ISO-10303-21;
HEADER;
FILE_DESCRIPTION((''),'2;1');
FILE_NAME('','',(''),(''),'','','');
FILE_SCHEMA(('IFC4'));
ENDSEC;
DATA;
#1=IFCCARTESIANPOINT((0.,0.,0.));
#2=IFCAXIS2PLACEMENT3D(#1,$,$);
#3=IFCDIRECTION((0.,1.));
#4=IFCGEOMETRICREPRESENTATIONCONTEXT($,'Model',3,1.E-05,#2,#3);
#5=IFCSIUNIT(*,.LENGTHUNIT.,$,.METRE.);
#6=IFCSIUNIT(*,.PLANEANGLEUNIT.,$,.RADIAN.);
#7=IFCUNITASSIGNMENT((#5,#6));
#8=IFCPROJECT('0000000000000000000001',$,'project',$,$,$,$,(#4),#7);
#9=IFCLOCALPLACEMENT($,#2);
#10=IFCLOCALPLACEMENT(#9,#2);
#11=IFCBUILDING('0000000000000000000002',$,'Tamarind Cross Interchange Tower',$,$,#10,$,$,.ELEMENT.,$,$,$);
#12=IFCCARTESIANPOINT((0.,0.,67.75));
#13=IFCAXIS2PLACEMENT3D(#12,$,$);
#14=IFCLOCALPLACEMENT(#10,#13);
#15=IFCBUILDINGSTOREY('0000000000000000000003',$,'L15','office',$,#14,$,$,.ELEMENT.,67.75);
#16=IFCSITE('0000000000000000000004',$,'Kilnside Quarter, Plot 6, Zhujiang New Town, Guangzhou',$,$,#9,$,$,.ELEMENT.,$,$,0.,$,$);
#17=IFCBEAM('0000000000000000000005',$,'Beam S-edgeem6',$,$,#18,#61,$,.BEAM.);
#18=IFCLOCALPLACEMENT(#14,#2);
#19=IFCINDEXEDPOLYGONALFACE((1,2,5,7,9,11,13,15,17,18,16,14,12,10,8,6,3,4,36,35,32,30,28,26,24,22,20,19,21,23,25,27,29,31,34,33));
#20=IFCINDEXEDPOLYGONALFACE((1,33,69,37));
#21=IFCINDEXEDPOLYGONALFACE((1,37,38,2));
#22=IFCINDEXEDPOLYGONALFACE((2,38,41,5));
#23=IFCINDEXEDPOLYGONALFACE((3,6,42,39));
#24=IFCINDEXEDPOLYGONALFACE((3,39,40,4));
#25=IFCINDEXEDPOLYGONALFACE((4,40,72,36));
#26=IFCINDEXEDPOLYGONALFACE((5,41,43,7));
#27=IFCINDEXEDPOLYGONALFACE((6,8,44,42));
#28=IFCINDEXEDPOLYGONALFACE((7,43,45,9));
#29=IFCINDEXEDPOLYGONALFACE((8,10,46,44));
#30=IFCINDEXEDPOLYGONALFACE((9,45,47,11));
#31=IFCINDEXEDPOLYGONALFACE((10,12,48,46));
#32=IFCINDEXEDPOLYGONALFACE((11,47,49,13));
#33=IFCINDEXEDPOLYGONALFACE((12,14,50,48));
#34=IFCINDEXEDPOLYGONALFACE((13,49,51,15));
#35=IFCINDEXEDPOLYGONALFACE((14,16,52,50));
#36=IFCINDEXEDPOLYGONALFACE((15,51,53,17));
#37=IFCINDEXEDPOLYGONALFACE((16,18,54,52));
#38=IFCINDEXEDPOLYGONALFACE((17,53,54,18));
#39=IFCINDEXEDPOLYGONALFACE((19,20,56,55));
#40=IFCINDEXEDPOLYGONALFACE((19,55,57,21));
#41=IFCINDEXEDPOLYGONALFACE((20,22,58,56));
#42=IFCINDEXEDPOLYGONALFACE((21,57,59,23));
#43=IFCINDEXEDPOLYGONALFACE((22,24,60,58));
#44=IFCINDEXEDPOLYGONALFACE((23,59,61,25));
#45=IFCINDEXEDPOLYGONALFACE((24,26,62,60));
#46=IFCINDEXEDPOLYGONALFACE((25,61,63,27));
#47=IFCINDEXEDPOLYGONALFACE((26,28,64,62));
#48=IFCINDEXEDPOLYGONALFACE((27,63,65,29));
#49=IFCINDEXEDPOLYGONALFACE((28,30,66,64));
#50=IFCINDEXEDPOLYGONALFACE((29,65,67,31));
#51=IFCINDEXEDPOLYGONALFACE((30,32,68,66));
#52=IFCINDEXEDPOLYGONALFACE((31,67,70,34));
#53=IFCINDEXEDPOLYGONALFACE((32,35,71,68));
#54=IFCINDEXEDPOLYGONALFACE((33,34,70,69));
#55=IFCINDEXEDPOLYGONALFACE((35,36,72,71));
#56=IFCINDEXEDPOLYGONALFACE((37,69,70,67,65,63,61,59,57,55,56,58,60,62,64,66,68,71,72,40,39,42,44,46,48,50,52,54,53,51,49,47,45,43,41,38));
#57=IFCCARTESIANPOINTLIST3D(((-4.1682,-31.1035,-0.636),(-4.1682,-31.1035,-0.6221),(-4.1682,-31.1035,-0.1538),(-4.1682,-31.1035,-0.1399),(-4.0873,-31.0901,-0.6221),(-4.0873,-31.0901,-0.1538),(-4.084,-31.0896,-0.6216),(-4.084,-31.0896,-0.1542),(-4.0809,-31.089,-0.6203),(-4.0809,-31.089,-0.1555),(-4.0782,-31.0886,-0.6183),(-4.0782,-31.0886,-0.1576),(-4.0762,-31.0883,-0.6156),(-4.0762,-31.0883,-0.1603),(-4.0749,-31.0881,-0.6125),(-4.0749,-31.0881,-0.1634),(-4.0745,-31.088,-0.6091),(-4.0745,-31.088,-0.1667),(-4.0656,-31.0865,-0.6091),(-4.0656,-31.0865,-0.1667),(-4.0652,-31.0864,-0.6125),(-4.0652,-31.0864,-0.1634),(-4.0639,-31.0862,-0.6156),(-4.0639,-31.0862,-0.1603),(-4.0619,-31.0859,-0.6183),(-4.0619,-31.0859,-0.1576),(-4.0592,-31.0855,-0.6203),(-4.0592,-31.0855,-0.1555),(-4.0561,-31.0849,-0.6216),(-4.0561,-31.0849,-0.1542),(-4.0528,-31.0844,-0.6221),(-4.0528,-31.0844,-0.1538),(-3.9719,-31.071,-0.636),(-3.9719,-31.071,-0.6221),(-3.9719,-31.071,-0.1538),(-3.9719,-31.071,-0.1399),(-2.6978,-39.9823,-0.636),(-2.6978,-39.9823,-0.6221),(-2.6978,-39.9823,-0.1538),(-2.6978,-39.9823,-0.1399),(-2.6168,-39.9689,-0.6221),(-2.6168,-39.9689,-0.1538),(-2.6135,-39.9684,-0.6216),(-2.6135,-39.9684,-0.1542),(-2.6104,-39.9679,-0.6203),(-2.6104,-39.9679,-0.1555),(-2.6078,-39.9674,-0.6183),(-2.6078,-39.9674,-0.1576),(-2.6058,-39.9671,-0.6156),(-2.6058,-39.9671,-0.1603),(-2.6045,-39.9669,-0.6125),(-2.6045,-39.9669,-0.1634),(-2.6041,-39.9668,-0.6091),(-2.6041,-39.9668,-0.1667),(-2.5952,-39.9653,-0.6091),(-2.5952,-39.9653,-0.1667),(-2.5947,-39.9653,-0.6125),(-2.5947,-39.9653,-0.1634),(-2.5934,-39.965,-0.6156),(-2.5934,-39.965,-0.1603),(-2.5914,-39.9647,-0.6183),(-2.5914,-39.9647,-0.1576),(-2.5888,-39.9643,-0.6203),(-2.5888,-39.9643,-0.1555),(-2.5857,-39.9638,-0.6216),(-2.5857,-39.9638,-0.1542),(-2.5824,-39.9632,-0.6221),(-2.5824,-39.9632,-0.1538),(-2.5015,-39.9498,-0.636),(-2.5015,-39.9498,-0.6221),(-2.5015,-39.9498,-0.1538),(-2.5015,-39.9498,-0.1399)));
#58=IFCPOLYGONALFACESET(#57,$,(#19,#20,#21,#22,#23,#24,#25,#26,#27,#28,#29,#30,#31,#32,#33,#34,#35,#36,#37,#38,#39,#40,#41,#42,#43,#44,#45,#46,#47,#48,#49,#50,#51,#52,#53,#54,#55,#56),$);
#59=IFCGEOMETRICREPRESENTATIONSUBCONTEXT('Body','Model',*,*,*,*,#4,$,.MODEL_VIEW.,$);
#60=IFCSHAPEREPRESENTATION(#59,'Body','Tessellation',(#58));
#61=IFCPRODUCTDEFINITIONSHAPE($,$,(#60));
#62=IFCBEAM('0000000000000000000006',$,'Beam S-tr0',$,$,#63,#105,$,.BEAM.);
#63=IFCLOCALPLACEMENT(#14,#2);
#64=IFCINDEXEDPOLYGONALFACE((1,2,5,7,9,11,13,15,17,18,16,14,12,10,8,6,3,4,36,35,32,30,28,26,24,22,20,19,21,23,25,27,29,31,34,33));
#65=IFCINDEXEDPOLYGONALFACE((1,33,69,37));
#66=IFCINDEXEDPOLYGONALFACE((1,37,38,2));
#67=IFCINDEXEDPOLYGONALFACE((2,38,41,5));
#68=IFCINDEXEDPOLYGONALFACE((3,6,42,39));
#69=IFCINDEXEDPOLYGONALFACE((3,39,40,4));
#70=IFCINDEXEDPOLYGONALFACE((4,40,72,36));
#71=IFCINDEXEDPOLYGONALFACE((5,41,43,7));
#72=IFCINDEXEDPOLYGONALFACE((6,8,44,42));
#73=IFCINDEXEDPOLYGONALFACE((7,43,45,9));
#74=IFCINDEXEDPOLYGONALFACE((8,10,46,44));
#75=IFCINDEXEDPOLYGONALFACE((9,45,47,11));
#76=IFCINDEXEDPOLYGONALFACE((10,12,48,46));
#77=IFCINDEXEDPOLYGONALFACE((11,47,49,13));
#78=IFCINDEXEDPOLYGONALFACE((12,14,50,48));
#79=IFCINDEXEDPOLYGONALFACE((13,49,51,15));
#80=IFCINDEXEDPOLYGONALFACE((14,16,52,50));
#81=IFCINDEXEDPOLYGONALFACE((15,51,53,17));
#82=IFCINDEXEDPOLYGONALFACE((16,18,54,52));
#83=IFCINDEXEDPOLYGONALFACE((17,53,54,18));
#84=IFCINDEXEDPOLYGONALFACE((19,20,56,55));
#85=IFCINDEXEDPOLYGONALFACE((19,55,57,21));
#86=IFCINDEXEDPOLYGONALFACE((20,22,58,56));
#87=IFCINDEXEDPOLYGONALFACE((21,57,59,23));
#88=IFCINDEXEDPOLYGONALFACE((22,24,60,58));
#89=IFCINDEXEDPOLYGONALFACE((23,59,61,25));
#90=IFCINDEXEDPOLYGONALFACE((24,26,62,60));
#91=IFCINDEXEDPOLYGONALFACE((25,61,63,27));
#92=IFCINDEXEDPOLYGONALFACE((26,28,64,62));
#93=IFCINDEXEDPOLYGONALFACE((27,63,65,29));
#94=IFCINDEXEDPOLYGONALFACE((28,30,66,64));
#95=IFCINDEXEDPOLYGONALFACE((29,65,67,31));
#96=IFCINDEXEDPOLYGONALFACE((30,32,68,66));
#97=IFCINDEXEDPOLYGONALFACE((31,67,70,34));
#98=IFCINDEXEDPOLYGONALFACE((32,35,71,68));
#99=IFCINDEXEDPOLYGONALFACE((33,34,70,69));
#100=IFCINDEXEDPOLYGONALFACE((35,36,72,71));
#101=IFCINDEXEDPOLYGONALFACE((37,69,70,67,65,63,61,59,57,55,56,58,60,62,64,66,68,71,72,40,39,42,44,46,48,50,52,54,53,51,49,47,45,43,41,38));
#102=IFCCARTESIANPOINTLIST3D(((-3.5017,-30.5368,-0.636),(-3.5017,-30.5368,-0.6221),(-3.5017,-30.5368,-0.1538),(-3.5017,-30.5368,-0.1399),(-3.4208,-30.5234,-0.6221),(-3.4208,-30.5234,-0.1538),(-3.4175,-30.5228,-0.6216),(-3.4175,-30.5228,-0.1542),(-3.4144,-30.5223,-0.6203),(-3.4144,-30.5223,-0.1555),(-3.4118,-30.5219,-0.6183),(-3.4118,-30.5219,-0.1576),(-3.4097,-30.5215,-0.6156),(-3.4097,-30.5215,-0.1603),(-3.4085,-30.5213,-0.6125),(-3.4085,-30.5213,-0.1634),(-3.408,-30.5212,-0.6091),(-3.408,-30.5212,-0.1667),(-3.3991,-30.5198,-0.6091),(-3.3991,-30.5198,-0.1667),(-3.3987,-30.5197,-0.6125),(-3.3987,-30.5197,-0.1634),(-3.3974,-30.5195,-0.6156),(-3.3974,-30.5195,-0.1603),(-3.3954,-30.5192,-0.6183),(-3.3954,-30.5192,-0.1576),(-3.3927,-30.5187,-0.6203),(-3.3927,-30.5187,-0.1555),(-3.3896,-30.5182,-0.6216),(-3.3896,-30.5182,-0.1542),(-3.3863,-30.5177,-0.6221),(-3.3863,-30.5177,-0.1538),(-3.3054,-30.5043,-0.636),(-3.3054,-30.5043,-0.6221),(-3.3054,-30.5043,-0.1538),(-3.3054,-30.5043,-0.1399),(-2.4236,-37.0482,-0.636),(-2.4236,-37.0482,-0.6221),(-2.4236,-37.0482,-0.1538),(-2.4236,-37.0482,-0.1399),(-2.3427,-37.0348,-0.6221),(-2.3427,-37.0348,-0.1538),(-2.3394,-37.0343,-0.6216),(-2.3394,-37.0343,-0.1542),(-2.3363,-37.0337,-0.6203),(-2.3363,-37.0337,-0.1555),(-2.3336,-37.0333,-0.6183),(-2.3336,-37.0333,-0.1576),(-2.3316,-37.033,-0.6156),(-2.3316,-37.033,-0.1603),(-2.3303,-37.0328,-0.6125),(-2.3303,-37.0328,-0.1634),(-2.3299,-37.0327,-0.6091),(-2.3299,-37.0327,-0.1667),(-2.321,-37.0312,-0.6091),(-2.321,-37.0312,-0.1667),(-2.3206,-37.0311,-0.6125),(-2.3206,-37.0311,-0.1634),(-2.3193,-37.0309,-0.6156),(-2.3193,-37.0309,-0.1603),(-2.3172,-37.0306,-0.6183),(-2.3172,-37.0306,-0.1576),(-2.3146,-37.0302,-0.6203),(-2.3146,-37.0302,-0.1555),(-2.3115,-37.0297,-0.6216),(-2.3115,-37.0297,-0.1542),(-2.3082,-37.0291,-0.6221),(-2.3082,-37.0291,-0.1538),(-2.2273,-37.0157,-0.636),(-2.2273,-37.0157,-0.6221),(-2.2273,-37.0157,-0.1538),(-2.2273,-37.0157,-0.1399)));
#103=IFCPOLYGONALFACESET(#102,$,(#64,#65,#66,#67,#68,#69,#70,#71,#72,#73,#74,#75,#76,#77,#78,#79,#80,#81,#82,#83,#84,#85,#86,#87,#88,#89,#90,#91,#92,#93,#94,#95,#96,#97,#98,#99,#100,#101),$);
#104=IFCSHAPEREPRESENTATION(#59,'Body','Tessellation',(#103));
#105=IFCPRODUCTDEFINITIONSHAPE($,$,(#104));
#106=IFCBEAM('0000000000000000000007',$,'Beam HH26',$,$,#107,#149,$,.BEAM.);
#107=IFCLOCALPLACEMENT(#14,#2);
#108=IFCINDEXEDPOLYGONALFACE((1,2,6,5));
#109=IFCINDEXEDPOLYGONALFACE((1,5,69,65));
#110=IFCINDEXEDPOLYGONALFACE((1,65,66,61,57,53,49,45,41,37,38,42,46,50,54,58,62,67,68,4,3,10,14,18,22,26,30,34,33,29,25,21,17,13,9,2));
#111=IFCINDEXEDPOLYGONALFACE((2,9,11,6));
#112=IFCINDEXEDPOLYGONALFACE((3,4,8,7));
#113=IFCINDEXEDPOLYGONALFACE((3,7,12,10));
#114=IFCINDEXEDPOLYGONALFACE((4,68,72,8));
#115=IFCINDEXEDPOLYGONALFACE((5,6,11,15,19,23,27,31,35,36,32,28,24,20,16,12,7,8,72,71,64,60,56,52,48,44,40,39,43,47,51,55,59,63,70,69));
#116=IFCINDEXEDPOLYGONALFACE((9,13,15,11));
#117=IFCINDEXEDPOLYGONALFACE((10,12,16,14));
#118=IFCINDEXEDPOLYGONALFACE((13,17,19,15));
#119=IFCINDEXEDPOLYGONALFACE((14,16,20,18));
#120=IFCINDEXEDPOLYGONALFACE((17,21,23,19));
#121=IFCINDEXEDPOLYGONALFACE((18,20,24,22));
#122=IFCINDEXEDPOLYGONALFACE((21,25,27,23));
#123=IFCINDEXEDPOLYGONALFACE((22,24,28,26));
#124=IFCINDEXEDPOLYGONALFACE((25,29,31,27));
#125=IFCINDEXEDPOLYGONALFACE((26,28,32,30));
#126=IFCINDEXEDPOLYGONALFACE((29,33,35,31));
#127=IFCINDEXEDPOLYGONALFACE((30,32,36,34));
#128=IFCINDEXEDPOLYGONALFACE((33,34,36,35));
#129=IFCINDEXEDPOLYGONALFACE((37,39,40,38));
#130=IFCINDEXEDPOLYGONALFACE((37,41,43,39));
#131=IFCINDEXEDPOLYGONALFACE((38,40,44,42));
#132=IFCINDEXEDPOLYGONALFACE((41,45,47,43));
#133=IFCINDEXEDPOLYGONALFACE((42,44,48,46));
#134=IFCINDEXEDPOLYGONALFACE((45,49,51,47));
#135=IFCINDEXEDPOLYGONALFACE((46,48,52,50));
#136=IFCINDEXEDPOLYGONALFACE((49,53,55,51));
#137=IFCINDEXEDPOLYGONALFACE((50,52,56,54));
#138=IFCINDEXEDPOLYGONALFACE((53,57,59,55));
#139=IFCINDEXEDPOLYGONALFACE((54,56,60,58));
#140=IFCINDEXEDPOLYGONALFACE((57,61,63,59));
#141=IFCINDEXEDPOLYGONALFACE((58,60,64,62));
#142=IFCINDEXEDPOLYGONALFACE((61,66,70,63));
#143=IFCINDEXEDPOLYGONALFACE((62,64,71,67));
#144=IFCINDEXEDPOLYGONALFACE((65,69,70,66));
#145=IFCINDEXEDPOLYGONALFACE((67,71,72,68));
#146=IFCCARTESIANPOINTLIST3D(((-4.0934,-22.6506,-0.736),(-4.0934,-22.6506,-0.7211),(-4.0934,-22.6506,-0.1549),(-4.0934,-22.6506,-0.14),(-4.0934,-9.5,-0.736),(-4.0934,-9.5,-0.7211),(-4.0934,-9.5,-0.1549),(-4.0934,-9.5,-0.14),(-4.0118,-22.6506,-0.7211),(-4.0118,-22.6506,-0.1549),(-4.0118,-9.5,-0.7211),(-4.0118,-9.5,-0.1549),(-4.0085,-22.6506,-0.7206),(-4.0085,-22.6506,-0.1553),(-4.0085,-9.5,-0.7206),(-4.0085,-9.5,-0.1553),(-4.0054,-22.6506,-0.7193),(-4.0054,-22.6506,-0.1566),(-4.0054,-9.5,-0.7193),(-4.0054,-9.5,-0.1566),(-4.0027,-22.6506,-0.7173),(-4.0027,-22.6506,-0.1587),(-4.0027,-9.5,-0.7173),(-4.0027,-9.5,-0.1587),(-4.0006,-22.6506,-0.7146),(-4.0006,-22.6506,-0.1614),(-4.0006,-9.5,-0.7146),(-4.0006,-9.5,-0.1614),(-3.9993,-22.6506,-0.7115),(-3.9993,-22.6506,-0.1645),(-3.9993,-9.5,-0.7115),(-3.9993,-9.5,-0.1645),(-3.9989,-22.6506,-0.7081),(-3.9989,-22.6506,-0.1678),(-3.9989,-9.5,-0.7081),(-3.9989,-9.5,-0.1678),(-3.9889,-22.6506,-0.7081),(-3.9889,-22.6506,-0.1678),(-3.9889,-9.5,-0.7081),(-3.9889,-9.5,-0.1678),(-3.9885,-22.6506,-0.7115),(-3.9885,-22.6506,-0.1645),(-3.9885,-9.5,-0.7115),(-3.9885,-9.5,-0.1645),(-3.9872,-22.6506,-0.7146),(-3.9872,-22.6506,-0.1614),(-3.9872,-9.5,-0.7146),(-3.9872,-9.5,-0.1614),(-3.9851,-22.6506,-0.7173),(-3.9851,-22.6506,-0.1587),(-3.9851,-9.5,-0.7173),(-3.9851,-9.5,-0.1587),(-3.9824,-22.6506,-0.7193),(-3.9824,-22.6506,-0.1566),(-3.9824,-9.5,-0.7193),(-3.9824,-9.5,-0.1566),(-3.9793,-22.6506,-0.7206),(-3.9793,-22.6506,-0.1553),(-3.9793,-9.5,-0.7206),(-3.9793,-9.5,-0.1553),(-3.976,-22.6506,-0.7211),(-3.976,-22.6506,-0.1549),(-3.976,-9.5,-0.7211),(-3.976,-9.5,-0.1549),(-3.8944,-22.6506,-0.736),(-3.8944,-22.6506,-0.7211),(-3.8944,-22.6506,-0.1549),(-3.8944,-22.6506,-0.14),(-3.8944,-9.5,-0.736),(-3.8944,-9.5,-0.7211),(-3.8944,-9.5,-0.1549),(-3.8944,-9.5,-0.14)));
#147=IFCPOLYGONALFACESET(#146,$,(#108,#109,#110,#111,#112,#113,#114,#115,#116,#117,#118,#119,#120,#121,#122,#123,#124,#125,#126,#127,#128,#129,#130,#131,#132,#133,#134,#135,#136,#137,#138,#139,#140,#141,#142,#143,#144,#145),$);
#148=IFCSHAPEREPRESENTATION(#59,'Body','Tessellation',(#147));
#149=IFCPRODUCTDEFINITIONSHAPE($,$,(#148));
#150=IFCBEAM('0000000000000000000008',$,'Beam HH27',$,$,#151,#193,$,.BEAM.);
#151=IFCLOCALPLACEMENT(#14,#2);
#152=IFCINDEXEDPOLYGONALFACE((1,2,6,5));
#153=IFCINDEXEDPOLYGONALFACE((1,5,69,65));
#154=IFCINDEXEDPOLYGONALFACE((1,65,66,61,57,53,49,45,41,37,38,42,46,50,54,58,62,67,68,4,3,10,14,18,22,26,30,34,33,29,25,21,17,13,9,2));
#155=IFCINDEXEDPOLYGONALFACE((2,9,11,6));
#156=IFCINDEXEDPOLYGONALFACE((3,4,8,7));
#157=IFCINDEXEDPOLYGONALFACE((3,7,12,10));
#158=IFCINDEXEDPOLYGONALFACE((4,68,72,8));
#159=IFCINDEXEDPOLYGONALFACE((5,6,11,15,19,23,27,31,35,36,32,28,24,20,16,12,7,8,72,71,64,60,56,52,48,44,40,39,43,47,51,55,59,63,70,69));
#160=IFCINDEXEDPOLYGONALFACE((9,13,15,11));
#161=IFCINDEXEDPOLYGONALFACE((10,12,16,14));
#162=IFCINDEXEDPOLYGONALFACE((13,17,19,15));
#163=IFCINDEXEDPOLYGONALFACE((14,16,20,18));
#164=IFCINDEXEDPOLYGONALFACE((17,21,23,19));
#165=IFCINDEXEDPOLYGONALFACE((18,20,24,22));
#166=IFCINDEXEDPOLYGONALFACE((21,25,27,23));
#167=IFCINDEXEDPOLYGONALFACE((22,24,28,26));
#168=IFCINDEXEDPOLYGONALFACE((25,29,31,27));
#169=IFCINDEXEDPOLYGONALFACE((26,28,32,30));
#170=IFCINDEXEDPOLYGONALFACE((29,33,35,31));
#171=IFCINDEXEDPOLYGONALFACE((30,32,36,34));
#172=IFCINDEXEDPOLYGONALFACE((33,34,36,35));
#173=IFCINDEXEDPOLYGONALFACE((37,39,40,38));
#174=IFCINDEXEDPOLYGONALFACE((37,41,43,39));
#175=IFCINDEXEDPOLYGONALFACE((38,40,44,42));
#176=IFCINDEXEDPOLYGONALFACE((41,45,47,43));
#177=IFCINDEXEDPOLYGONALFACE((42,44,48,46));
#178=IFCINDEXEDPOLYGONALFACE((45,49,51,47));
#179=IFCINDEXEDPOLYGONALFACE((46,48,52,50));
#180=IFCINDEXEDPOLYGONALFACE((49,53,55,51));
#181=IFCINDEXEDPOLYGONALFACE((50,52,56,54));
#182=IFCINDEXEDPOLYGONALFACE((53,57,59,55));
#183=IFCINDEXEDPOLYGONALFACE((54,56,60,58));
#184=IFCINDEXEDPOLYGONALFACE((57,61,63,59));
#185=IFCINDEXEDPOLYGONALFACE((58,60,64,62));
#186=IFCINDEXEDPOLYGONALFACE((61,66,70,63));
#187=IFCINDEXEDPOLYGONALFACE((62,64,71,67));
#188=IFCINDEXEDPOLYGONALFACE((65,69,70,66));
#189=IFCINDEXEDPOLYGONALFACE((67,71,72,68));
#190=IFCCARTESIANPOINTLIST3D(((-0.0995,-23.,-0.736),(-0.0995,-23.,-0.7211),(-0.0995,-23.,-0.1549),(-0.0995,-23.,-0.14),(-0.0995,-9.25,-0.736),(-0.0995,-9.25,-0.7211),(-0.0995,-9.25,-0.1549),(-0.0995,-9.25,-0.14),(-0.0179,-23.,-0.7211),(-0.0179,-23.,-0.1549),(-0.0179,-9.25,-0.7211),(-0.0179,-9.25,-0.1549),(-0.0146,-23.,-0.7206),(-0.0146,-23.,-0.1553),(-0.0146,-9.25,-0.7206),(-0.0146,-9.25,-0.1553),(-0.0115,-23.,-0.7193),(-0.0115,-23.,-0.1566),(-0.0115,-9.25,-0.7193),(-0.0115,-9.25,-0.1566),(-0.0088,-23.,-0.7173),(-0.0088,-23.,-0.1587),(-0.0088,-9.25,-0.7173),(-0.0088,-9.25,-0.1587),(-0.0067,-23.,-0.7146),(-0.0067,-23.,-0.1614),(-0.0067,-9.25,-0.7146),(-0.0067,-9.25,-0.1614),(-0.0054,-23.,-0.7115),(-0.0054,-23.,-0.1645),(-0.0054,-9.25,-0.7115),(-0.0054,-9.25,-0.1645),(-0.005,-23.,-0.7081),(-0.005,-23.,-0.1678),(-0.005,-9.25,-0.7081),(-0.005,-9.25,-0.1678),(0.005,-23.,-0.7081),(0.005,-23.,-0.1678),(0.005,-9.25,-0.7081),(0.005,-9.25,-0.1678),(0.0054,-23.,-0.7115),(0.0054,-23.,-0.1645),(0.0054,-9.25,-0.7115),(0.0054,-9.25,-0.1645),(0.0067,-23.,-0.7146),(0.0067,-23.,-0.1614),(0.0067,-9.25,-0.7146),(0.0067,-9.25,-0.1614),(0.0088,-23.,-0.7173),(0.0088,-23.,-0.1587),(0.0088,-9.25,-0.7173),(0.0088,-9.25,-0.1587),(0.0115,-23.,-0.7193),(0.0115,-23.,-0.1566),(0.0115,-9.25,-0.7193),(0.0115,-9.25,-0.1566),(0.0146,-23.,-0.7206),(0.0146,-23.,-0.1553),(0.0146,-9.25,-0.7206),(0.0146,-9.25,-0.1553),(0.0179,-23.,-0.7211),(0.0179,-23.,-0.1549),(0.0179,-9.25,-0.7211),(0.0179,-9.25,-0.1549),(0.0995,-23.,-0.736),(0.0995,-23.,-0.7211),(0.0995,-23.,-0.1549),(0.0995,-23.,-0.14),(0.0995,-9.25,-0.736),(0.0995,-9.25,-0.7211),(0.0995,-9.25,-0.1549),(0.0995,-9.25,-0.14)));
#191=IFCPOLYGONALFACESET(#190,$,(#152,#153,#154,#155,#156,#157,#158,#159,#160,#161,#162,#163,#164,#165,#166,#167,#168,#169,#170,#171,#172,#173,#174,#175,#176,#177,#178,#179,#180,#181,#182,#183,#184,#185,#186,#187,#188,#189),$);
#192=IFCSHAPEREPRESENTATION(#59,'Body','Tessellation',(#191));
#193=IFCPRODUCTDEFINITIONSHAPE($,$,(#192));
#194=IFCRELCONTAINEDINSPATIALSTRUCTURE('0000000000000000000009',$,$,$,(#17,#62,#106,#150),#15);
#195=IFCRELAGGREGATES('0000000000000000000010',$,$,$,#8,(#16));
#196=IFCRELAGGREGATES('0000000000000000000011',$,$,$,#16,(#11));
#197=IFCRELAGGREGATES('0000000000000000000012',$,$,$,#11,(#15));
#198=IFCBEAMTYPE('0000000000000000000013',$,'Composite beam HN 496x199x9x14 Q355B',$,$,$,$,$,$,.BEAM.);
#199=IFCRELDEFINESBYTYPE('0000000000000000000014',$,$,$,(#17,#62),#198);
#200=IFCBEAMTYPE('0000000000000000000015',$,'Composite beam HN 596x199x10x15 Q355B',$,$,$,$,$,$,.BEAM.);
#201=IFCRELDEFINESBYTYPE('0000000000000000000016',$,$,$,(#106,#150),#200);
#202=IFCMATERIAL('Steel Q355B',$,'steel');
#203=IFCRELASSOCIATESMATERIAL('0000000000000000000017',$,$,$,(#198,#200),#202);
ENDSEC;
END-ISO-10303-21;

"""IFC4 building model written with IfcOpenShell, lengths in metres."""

from ifc_helpers import new_model, si_unit, direction, frame, origin, origin_2d, place, context, subcontext, project, spatial, i_section, extrude, material, material_profile, profile_set, type_object, element, save


model = new_model("IFC4")

# Units and contexts
model_context = context("Model", 3, precision=1e-05, world=origin(), true_north=direction((0.0, 1.0)))
body_context = subcontext(model_context, "Body", "Model", "MODEL_VIEW")
ifc_project = project(units=[si_unit("LENGTHUNIT", "METRE"), si_unit("PLANEANGLEUNIT", "RADIAN")], contexts=[model_context])

# Site, building, storey
site_placement = place(None, origin())
site = spatial("IfcSite", under=ifc_project, at=site_placement, Name="Kilnside Quarter, Plot 6, Zhujiang New Town, Guangzhou", CompositionType="ELEMENT", RefElevation=0.0)
building_placement = place(site_placement, origin())
building = spatial("IfcBuilding", under=site, at=building_placement, Name="Tamarind Cross Interchange Tower", CompositionType="ELEMENT")
storey_placement = place(building_placement, frame((0.0, 0.0, 67.75)))
storey = spatial("IfcBuildingStorey", under=building, at=storey_placement, Name="L15", Description="office", CompositionType="ELEMENT", Elevation=67.75)

# Beams
ifc_material_1 = material(Name="Steel Q355B", Category="steel")
ifc_material_profile_1 = material_profile(ifc_material_1, i_section(OverallWidth=0.199, OverallDepth=0.4961, WebThickness=0.009, FlangeThickness=0.0139, FilletRadius=0.0129, at=origin_2d()), Name="HN 496x199x9x14")
ifc_profile_set_1 = profile_set([ifc_material_profile_1], Name="Steel Q355B")
beam_type_1 = type_object("IfcBeamType", Name="Composite beam HN 496x199x9x14 Q355B", PredefinedType="BEAM", material=ifc_profile_set_1)
beam_1_placement = place(storey_placement, frame((-2.5996, -39.9661, -0.3879), z_axis=(-0.163387, 0.986562, 0.0), x_axis=(-0.986562, -0.163387, 0.0)))
element("IfcBeam", 1, at=beam_1_placement, inside=storey, type_object=beam_type_1, Name="Beam S-edgeem6", PredefinedType="BEAM", context=body_context, shape_type="SweptSolid", body=[
    extrude(i_section(OverallWidth=0.199, OverallDepth=0.4961, WebThickness=0.009, FlangeThickness=0.0139, FilletRadius=0.0129, at=origin_2d()), origin(), (0.0, 0.0, 1.0), 8.9998),
])
beam_2_placement = place(storey_placement, frame((-3.4036, -30.5205, -0.3879), z_axis=(0.163349, -0.986568, 0.0), x_axis=(0.986568, 0.163349, 0.0)))
element("IfcBeam", 2, at=beam_2_placement, inside=storey, type_object=beam_type_1, Name="Beam S-tr0", PredefinedType="BEAM", context=body_context, shape_type="SweptSolid", body=[
    extrude(i_section(OverallWidth=0.199, OverallDepth=0.4961, WebThickness=0.009, FlangeThickness=0.0139, FilletRadius=0.0129, at=origin_2d()), origin(), (0.0, 0.0, 1.0), 6.6001),
])
ifc_material_profile_2 = material_profile(ifc_material_1, i_section(OverallWidth=0.199, OverallDepth=0.5959, WebThickness=0.01, FlangeThickness=0.0149, FilletRadius=0.0129, at=origin_2d()), Name="HN 596x199x10x15")
ifc_profile_set_2 = profile_set([ifc_material_profile_2], Name="Steel Q355B")
beam_type_2 = type_object("IfcBeamType", Name="Composite beam HN 596x199x10x15 Q355B", PredefinedType="BEAM", material=ifc_profile_set_2)
beam_3_placement = place(storey_placement, frame((-3.9939, -22.6506, -0.438), z_axis=(0.0, 1.0, 0.0), x_axis=(-1.0, 0.0, 0.0)))
element("IfcBeam", 3, at=beam_3_placement, inside=storey, type_object=beam_type_2, Name="Beam HH26", PredefinedType="BEAM", context=body_context, shape_type="SweptSolid", body=[
    extrude(i_section(OverallWidth=0.199, OverallDepth=0.5959, WebThickness=0.01, FlangeThickness=0.0149, FilletRadius=0.0129, at=origin_2d()), origin(), (0.0, 0.0, 1.0), 13.1506),
])
beam_4_placement = place(storey_placement, frame((0.0, -23.0, -0.438), z_axis=(0.0, 1.0, 0.0), x_axis=(-1.0, 0.0, 0.0)))
element("IfcBeam", 4, at=beam_4_placement, inside=storey, type_object=beam_type_2, Name="Beam HH27", PredefinedType="BEAM", context=body_context, shape_type="SweptSolid", body=[
    extrude(i_section(OverallWidth=0.199, OverallDepth=0.5959, WebThickness=0.01, FlangeThickness=0.0149, FilletRadius=0.0129, at=origin_2d()), origin(), (0.0, 0.0, 1.0), 13.75),
])

save(model, "model.ifc")
